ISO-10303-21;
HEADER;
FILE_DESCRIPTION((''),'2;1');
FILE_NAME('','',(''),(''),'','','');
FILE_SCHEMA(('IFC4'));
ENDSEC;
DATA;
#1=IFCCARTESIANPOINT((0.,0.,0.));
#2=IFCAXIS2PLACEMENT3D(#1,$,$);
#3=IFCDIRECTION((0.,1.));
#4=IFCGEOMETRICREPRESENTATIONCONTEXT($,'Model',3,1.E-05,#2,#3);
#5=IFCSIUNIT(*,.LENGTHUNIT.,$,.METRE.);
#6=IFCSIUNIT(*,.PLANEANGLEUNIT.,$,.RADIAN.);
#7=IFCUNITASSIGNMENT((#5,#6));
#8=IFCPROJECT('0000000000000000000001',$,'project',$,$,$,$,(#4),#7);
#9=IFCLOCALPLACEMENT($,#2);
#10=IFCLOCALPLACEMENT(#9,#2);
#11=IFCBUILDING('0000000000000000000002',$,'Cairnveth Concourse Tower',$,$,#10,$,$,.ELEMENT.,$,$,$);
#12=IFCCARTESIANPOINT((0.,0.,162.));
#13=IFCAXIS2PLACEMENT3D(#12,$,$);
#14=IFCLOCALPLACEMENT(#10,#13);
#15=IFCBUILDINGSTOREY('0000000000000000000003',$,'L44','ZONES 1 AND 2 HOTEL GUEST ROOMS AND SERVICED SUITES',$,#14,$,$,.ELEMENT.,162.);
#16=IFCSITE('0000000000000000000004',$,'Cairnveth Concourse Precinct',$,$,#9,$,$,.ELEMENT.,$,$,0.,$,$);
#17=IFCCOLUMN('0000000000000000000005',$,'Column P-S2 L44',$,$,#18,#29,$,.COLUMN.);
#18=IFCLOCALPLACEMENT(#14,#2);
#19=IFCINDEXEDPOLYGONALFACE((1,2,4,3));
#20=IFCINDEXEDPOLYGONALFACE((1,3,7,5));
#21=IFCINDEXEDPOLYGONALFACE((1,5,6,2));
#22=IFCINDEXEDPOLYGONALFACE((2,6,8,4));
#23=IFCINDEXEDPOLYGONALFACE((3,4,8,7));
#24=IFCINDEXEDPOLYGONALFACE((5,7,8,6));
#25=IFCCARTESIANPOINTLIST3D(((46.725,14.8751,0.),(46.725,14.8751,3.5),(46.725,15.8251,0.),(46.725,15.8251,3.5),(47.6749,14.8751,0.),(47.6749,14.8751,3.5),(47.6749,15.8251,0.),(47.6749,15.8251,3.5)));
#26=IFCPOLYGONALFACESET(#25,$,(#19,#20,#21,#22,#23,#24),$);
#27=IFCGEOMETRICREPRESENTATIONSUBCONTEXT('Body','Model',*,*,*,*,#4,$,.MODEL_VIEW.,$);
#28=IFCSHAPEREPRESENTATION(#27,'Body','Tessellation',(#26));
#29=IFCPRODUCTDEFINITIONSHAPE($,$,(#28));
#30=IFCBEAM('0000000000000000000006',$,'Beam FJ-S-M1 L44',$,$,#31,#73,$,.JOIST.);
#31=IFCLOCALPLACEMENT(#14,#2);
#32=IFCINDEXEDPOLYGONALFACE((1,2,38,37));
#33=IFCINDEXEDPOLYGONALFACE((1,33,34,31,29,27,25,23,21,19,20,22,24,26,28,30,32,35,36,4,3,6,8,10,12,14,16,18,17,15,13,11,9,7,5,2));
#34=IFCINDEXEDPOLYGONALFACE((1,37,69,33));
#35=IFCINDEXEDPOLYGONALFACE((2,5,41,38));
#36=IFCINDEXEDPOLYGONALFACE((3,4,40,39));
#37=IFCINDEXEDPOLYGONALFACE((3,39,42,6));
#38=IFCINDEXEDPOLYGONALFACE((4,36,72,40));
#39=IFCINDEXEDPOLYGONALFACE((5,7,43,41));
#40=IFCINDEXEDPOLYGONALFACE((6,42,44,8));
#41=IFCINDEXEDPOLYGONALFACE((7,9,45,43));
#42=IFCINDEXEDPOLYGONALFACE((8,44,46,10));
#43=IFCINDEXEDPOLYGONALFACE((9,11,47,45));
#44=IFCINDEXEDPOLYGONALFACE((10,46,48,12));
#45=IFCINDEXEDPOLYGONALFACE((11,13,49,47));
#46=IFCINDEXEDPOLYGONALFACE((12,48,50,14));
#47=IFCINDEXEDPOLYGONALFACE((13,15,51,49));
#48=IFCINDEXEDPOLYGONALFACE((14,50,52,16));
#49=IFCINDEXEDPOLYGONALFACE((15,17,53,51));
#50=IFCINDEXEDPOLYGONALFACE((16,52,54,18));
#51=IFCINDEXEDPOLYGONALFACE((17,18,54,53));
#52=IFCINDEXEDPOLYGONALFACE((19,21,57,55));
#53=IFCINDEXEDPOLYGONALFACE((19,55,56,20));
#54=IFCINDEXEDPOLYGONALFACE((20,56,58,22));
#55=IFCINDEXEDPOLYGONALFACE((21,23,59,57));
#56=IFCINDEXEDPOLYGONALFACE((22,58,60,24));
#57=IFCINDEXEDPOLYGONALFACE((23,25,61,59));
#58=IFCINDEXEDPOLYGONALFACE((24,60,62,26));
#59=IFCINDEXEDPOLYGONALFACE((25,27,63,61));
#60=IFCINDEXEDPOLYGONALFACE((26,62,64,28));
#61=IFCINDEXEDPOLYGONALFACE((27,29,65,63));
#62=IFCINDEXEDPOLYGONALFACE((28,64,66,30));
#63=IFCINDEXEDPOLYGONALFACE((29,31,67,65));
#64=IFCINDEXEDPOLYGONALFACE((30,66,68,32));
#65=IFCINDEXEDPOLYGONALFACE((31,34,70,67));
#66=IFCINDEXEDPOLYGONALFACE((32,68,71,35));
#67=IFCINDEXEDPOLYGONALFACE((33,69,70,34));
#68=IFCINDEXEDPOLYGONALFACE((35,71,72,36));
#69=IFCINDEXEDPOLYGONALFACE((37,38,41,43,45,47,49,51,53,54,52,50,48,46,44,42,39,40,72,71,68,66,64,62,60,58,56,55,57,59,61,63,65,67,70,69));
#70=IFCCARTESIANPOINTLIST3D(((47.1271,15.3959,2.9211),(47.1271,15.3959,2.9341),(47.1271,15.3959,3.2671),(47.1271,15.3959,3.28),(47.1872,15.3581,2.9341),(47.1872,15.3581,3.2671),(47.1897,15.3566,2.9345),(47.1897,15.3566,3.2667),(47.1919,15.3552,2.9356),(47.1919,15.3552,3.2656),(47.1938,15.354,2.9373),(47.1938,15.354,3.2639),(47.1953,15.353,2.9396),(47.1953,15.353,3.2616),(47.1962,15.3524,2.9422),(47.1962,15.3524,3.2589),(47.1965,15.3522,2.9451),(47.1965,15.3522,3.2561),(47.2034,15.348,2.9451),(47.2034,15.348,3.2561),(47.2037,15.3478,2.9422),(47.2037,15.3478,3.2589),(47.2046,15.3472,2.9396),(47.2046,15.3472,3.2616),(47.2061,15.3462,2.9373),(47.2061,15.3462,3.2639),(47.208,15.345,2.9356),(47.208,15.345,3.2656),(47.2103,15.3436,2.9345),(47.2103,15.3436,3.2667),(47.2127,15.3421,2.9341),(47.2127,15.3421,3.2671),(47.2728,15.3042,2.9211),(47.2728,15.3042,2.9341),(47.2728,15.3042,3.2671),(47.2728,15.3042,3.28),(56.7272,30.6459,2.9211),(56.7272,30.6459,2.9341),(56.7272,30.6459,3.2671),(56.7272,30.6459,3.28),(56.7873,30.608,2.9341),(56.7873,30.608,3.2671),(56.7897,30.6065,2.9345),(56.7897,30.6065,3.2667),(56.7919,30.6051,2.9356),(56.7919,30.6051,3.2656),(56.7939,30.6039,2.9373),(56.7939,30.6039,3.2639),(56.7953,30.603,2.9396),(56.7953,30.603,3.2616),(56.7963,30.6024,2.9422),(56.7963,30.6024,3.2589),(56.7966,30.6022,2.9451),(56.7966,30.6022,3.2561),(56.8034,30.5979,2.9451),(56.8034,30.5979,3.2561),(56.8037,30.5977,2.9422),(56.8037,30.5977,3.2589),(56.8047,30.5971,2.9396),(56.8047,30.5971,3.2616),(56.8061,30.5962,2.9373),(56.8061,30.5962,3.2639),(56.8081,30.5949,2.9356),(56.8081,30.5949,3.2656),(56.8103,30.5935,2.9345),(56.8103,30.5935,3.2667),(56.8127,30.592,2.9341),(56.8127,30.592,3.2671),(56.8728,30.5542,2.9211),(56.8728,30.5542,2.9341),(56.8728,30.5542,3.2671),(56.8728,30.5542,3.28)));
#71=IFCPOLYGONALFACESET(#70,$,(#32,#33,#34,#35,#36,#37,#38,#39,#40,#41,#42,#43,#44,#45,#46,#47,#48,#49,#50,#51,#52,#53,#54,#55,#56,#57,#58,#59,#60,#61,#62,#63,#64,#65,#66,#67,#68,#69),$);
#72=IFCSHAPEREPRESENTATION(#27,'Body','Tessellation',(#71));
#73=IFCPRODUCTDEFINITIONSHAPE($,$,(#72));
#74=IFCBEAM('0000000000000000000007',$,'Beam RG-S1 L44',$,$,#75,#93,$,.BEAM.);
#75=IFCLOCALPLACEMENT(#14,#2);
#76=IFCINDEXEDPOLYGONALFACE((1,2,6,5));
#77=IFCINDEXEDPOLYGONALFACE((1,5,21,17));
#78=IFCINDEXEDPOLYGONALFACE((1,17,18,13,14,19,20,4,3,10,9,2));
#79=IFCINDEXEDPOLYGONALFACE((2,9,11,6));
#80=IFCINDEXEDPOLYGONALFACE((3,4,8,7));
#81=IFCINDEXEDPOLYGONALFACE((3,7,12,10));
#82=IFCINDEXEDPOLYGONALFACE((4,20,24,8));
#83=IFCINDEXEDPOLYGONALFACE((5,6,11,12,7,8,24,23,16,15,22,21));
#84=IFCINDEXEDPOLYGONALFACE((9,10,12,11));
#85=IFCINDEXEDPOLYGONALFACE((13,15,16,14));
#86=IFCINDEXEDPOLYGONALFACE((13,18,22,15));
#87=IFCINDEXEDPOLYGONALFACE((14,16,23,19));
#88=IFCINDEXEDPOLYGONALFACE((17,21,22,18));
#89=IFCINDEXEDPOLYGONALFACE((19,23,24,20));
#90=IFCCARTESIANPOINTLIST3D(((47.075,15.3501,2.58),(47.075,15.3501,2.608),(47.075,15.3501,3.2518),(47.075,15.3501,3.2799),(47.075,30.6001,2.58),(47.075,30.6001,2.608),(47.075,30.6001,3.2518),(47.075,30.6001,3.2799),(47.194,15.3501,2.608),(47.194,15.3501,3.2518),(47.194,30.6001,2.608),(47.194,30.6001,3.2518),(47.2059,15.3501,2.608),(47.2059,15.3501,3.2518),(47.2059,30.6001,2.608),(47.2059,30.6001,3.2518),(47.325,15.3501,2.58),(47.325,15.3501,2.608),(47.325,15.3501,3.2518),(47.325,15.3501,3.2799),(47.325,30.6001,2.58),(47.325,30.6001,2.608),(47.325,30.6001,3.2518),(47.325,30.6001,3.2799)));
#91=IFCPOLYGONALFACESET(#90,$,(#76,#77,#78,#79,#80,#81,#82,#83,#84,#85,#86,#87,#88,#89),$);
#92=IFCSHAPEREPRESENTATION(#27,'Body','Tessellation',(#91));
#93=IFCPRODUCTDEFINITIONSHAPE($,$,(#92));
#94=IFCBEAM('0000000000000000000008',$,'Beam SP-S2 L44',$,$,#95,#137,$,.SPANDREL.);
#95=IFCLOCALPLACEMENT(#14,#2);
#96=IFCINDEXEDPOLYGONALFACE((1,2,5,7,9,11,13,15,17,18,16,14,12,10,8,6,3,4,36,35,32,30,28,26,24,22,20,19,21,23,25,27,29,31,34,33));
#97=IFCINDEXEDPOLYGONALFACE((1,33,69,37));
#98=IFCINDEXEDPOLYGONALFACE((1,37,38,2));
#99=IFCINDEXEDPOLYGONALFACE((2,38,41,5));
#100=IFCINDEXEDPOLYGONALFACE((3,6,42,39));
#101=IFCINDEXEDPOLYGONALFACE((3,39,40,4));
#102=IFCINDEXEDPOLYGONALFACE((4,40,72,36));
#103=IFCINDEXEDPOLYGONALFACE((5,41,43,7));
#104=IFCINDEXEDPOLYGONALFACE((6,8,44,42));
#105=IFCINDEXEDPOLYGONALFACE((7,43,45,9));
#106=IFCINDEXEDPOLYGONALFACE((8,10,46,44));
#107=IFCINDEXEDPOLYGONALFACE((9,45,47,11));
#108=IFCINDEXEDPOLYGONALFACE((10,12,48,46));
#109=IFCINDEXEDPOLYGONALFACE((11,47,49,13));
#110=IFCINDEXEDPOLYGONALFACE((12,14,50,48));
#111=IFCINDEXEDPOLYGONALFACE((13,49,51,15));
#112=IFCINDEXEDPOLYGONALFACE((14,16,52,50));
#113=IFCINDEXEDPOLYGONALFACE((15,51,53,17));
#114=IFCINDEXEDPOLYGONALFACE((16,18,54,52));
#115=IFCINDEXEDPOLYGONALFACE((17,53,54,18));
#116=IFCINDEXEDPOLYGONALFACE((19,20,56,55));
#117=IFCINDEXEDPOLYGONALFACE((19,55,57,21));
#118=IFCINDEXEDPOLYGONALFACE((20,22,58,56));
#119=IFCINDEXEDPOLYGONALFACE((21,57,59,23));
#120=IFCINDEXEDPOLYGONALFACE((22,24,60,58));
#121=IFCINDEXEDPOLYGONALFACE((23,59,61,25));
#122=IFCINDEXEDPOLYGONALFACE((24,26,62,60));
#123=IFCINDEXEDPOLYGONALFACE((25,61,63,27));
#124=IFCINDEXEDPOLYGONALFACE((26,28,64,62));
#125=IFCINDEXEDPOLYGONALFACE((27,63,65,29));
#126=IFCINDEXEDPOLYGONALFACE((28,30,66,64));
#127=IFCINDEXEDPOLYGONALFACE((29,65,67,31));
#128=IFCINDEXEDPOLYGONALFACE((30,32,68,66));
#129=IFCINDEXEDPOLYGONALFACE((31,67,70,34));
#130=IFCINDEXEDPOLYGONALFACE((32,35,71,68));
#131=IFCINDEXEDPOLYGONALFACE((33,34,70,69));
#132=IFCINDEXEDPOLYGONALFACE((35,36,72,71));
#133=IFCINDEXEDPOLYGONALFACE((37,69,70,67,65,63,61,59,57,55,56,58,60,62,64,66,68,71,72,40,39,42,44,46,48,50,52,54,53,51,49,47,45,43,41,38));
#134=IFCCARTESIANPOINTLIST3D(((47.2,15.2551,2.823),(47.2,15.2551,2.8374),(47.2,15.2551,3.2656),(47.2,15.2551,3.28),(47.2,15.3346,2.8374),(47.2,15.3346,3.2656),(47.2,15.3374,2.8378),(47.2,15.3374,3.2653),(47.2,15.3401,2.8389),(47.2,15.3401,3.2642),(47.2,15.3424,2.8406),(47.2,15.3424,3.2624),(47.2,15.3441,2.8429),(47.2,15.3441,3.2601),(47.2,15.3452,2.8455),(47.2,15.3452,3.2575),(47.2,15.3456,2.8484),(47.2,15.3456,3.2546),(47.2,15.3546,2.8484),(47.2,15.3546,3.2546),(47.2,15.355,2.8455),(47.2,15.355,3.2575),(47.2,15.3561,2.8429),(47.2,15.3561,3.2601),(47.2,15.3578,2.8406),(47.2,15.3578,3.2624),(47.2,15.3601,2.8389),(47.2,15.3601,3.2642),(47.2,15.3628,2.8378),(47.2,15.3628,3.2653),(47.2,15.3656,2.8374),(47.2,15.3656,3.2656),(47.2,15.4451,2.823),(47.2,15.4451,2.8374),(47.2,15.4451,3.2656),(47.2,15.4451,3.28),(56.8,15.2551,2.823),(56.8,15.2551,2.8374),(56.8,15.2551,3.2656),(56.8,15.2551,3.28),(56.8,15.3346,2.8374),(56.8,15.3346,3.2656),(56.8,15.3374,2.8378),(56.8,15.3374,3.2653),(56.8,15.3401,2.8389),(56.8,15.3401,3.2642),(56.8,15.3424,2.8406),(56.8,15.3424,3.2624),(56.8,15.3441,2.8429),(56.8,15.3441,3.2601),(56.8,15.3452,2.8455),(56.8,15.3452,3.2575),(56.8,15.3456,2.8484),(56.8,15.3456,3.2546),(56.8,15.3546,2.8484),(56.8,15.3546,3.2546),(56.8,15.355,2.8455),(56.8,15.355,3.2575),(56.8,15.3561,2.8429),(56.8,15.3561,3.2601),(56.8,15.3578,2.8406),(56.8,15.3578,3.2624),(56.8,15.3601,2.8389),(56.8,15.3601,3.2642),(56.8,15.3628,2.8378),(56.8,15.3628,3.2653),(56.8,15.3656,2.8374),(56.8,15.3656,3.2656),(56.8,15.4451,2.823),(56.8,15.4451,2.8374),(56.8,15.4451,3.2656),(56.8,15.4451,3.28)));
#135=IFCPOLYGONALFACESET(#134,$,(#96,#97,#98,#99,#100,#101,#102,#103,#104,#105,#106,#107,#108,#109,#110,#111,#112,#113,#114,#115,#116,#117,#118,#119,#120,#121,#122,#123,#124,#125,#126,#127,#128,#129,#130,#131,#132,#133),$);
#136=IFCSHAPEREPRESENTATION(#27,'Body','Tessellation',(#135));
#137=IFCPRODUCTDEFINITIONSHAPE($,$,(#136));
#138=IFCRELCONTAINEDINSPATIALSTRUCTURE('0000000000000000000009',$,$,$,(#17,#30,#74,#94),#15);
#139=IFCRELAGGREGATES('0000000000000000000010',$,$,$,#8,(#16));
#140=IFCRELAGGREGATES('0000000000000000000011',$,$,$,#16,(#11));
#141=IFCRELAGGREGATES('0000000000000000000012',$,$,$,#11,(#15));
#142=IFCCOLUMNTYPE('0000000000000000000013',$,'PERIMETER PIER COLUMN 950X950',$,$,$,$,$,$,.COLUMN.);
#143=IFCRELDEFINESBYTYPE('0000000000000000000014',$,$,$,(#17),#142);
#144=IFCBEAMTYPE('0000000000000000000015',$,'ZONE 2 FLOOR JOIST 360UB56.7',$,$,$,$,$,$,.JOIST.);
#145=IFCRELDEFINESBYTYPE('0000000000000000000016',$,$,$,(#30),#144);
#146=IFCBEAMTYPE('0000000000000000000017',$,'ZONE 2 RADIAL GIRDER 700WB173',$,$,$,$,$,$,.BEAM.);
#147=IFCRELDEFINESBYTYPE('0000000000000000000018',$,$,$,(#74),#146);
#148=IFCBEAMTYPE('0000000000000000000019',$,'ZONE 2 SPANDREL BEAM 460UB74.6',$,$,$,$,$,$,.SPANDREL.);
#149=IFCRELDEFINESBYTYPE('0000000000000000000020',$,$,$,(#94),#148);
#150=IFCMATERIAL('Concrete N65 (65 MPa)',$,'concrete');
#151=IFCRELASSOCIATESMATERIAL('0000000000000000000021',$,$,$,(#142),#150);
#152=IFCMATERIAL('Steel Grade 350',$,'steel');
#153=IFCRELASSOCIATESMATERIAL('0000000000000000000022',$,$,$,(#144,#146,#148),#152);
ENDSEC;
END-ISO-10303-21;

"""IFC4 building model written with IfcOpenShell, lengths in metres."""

from ifc_helpers import new_model, si_unit, direction, frame, origin, origin_2d, place, context, subcontext, project, spatial, rectangle, i_section, extrude, material, material_profile, profile_set, type_object, element, save


model = new_model("IFC4")

# Units and contexts
model_context = context("Model", 3, precision=1e-05, world=origin(), true_north=direction((0.0, 1.0)))
body_context = subcontext(model_context, "Body", "Model", "MODEL_VIEW")
ifc_project = project(units=[si_unit("LENGTHUNIT", "METRE"), si_unit("PLANEANGLEUNIT", "RADIAN")], contexts=[model_context])

# Site, building, storey
site_placement = place(None, origin())
site = spatial("IfcSite", under=ifc_project, at=site_placement, Name="Cairnveth Concourse Precinct", CompositionType="ELEMENT", RefElevation=0.0)
building_placement = place(site_placement, origin())
building = spatial("IfcBuilding", under=site, at=building_placement, Name="Cairnveth Concourse Tower", CompositionType="ELEMENT")
storey_placement = place(building_placement, frame((0.0, 0.0, 162.0)))
storey = spatial("IfcBuildingStorey", under=building, at=storey_placement, Name="L44", Description="ZONES 1 AND 2 HOTEL GUEST ROOMS AND SERVICED SUITES", CompositionType="ELEMENT", Elevation=162.0)

# Column
ifc_material_1 = material(Name="Concrete N65 (65 MPa)", Category="concrete")
ifc_material_profile_1 = material_profile(ifc_material_1, rectangle(XDim=0.95, YDim=0.95, at=origin_2d()), Name="RC-COL-950x950")
ifc_profile_set_1 = profile_set([ifc_material_profile_1], Name="Concrete N65 (65 MPa)")
column_type = type_object("IfcColumnType", Name="PERIMETER PIER COLUMN 950X950", PredefinedType="COLUMN", material=ifc_profile_set_1)
column_placement = place(storey_placement, frame((47.2, 15.3501, 0.0), z_axis=(0.0, 0.0, 1.0), x_axis=(1.0, 0.0, 0.0)))
element("IfcColumn", 1, at=column_placement, inside=storey, type_object=column_type, Name="Column P-S2 L44", PredefinedType="COLUMN", context=body_context, shape_type="SweptSolid", body=[
    extrude(rectangle(XDim=0.95, YDim=0.95, at=origin_2d()), origin(), (0.0, 0.0, 1.0), 3.5),
])

# Beams
ifc_material_2 = material(Name="Steel Grade 350", Category="steel")
ifc_material_profile_2 = material_profile(ifc_material_2, i_section(OverallWidth=0.1721, OverallDepth=0.3589, WebThickness=0.0081, FlangeThickness=0.0129, FilletRadius=0.011, at=origin_2d()), Name="360UB56.7")
ifc_profile_set_2 = profile_set([ifc_material_profile_2], Name="Steel Grade 350")
beam_type_1 = type_object("IfcBeamType", Name="ZONE 2 FLOOR JOIST 360UB56.7", PredefinedType="JOIST", material=ifc_profile_set_2)
beam_1_placement = place(storey_placement, frame((47.2, 15.3501, 3.1006), z_axis=(0.532744, 0.846277, 0.0), x_axis=(-0.846277, 0.532744, 0.0)))
element("IfcBeam", 2, at=beam_1_placement, inside=storey, type_object=beam_type_1, Name="Beam FJ-S-M1 L44", PredefinedType="JOIST", context=body_context, shape_type="SweptSolid", body=[
    extrude(i_section(OverallWidth=0.1721, OverallDepth=0.3589, WebThickness=0.0081, FlangeThickness=0.0129, FilletRadius=0.011, at=origin_2d()), origin(), (0.0, 0.0, 1.0), 18.02),
])
ifc_material_profile_3 = material_profile(ifc_material_2, i_section(OverallWidth=0.25, OverallDepth=0.7, WebThickness=0.012, FlangeThickness=0.0281, at=origin_2d()), Name="700WB173")
ifc_profile_set_3 = profile_set([ifc_material_profile_3], Name="Steel Grade 350")
beam_type_2 = type_object("IfcBeamType", Name="ZONE 2 RADIAL GIRDER 700WB173", PredefinedType="BEAM", material=ifc_profile_set_3)
beam_2_placement = place(storey_placement, frame((47.2, 15.3501, 2.9299), z_axis=(0.0, 1.0, 0.0), x_axis=(-1.0, 0.0, 0.0)))
element("IfcBeam", 3, at=beam_2_placement, inside=storey, type_object=beam_type_2, Name="Beam RG-S1 L44", PredefinedType="BEAM", context=body_context, shape_type="SweptSolid", body=[
    extrude(i_section(OverallWidth=0.25, OverallDepth=0.7, WebThickness=0.012, FlangeThickness=0.0281, at=origin_2d()), origin(), (0.0, 0.0, 1.0), 15.25),
])
ifc_material_profile_4 = material_profile(ifc_material_2, i_section(OverallWidth=0.1899, OverallDepth=0.457, WebThickness=0.009, FlangeThickness=0.0144, FilletRadius=0.011, at=origin_2d()), Name="460UB74.6")
ifc_profile_set_4 = profile_set([ifc_material_profile_4], Name="Steel Grade 350")
beam_type_3 = type_object("IfcBeamType", Name="ZONE 2 SPANDREL BEAM 460UB74.6", PredefinedType="SPANDREL", material=ifc_profile_set_4)
beam_3_placement = place(storey_placement, frame((47.2, 15.3501, 3.0515), z_axis=(1.0, 0.0, 0.0), x_axis=(0.0, 1.0, 0.0)))
element("IfcBeam", 4, at=beam_3_placement, inside=storey, type_object=beam_type_3, Name="Beam SP-S2 L44", PredefinedType="SPANDREL", context=body_context, shape_type="SweptSolid", body=[
    extrude(i_section(OverallWidth=0.1899, OverallDepth=0.457, WebThickness=0.009, FlangeThickness=0.0144, FilletRadius=0.011, at=origin_2d()), origin(), (0.0, 0.0, 1.0), 9.6001),
])

save(model, "model.ifc")
